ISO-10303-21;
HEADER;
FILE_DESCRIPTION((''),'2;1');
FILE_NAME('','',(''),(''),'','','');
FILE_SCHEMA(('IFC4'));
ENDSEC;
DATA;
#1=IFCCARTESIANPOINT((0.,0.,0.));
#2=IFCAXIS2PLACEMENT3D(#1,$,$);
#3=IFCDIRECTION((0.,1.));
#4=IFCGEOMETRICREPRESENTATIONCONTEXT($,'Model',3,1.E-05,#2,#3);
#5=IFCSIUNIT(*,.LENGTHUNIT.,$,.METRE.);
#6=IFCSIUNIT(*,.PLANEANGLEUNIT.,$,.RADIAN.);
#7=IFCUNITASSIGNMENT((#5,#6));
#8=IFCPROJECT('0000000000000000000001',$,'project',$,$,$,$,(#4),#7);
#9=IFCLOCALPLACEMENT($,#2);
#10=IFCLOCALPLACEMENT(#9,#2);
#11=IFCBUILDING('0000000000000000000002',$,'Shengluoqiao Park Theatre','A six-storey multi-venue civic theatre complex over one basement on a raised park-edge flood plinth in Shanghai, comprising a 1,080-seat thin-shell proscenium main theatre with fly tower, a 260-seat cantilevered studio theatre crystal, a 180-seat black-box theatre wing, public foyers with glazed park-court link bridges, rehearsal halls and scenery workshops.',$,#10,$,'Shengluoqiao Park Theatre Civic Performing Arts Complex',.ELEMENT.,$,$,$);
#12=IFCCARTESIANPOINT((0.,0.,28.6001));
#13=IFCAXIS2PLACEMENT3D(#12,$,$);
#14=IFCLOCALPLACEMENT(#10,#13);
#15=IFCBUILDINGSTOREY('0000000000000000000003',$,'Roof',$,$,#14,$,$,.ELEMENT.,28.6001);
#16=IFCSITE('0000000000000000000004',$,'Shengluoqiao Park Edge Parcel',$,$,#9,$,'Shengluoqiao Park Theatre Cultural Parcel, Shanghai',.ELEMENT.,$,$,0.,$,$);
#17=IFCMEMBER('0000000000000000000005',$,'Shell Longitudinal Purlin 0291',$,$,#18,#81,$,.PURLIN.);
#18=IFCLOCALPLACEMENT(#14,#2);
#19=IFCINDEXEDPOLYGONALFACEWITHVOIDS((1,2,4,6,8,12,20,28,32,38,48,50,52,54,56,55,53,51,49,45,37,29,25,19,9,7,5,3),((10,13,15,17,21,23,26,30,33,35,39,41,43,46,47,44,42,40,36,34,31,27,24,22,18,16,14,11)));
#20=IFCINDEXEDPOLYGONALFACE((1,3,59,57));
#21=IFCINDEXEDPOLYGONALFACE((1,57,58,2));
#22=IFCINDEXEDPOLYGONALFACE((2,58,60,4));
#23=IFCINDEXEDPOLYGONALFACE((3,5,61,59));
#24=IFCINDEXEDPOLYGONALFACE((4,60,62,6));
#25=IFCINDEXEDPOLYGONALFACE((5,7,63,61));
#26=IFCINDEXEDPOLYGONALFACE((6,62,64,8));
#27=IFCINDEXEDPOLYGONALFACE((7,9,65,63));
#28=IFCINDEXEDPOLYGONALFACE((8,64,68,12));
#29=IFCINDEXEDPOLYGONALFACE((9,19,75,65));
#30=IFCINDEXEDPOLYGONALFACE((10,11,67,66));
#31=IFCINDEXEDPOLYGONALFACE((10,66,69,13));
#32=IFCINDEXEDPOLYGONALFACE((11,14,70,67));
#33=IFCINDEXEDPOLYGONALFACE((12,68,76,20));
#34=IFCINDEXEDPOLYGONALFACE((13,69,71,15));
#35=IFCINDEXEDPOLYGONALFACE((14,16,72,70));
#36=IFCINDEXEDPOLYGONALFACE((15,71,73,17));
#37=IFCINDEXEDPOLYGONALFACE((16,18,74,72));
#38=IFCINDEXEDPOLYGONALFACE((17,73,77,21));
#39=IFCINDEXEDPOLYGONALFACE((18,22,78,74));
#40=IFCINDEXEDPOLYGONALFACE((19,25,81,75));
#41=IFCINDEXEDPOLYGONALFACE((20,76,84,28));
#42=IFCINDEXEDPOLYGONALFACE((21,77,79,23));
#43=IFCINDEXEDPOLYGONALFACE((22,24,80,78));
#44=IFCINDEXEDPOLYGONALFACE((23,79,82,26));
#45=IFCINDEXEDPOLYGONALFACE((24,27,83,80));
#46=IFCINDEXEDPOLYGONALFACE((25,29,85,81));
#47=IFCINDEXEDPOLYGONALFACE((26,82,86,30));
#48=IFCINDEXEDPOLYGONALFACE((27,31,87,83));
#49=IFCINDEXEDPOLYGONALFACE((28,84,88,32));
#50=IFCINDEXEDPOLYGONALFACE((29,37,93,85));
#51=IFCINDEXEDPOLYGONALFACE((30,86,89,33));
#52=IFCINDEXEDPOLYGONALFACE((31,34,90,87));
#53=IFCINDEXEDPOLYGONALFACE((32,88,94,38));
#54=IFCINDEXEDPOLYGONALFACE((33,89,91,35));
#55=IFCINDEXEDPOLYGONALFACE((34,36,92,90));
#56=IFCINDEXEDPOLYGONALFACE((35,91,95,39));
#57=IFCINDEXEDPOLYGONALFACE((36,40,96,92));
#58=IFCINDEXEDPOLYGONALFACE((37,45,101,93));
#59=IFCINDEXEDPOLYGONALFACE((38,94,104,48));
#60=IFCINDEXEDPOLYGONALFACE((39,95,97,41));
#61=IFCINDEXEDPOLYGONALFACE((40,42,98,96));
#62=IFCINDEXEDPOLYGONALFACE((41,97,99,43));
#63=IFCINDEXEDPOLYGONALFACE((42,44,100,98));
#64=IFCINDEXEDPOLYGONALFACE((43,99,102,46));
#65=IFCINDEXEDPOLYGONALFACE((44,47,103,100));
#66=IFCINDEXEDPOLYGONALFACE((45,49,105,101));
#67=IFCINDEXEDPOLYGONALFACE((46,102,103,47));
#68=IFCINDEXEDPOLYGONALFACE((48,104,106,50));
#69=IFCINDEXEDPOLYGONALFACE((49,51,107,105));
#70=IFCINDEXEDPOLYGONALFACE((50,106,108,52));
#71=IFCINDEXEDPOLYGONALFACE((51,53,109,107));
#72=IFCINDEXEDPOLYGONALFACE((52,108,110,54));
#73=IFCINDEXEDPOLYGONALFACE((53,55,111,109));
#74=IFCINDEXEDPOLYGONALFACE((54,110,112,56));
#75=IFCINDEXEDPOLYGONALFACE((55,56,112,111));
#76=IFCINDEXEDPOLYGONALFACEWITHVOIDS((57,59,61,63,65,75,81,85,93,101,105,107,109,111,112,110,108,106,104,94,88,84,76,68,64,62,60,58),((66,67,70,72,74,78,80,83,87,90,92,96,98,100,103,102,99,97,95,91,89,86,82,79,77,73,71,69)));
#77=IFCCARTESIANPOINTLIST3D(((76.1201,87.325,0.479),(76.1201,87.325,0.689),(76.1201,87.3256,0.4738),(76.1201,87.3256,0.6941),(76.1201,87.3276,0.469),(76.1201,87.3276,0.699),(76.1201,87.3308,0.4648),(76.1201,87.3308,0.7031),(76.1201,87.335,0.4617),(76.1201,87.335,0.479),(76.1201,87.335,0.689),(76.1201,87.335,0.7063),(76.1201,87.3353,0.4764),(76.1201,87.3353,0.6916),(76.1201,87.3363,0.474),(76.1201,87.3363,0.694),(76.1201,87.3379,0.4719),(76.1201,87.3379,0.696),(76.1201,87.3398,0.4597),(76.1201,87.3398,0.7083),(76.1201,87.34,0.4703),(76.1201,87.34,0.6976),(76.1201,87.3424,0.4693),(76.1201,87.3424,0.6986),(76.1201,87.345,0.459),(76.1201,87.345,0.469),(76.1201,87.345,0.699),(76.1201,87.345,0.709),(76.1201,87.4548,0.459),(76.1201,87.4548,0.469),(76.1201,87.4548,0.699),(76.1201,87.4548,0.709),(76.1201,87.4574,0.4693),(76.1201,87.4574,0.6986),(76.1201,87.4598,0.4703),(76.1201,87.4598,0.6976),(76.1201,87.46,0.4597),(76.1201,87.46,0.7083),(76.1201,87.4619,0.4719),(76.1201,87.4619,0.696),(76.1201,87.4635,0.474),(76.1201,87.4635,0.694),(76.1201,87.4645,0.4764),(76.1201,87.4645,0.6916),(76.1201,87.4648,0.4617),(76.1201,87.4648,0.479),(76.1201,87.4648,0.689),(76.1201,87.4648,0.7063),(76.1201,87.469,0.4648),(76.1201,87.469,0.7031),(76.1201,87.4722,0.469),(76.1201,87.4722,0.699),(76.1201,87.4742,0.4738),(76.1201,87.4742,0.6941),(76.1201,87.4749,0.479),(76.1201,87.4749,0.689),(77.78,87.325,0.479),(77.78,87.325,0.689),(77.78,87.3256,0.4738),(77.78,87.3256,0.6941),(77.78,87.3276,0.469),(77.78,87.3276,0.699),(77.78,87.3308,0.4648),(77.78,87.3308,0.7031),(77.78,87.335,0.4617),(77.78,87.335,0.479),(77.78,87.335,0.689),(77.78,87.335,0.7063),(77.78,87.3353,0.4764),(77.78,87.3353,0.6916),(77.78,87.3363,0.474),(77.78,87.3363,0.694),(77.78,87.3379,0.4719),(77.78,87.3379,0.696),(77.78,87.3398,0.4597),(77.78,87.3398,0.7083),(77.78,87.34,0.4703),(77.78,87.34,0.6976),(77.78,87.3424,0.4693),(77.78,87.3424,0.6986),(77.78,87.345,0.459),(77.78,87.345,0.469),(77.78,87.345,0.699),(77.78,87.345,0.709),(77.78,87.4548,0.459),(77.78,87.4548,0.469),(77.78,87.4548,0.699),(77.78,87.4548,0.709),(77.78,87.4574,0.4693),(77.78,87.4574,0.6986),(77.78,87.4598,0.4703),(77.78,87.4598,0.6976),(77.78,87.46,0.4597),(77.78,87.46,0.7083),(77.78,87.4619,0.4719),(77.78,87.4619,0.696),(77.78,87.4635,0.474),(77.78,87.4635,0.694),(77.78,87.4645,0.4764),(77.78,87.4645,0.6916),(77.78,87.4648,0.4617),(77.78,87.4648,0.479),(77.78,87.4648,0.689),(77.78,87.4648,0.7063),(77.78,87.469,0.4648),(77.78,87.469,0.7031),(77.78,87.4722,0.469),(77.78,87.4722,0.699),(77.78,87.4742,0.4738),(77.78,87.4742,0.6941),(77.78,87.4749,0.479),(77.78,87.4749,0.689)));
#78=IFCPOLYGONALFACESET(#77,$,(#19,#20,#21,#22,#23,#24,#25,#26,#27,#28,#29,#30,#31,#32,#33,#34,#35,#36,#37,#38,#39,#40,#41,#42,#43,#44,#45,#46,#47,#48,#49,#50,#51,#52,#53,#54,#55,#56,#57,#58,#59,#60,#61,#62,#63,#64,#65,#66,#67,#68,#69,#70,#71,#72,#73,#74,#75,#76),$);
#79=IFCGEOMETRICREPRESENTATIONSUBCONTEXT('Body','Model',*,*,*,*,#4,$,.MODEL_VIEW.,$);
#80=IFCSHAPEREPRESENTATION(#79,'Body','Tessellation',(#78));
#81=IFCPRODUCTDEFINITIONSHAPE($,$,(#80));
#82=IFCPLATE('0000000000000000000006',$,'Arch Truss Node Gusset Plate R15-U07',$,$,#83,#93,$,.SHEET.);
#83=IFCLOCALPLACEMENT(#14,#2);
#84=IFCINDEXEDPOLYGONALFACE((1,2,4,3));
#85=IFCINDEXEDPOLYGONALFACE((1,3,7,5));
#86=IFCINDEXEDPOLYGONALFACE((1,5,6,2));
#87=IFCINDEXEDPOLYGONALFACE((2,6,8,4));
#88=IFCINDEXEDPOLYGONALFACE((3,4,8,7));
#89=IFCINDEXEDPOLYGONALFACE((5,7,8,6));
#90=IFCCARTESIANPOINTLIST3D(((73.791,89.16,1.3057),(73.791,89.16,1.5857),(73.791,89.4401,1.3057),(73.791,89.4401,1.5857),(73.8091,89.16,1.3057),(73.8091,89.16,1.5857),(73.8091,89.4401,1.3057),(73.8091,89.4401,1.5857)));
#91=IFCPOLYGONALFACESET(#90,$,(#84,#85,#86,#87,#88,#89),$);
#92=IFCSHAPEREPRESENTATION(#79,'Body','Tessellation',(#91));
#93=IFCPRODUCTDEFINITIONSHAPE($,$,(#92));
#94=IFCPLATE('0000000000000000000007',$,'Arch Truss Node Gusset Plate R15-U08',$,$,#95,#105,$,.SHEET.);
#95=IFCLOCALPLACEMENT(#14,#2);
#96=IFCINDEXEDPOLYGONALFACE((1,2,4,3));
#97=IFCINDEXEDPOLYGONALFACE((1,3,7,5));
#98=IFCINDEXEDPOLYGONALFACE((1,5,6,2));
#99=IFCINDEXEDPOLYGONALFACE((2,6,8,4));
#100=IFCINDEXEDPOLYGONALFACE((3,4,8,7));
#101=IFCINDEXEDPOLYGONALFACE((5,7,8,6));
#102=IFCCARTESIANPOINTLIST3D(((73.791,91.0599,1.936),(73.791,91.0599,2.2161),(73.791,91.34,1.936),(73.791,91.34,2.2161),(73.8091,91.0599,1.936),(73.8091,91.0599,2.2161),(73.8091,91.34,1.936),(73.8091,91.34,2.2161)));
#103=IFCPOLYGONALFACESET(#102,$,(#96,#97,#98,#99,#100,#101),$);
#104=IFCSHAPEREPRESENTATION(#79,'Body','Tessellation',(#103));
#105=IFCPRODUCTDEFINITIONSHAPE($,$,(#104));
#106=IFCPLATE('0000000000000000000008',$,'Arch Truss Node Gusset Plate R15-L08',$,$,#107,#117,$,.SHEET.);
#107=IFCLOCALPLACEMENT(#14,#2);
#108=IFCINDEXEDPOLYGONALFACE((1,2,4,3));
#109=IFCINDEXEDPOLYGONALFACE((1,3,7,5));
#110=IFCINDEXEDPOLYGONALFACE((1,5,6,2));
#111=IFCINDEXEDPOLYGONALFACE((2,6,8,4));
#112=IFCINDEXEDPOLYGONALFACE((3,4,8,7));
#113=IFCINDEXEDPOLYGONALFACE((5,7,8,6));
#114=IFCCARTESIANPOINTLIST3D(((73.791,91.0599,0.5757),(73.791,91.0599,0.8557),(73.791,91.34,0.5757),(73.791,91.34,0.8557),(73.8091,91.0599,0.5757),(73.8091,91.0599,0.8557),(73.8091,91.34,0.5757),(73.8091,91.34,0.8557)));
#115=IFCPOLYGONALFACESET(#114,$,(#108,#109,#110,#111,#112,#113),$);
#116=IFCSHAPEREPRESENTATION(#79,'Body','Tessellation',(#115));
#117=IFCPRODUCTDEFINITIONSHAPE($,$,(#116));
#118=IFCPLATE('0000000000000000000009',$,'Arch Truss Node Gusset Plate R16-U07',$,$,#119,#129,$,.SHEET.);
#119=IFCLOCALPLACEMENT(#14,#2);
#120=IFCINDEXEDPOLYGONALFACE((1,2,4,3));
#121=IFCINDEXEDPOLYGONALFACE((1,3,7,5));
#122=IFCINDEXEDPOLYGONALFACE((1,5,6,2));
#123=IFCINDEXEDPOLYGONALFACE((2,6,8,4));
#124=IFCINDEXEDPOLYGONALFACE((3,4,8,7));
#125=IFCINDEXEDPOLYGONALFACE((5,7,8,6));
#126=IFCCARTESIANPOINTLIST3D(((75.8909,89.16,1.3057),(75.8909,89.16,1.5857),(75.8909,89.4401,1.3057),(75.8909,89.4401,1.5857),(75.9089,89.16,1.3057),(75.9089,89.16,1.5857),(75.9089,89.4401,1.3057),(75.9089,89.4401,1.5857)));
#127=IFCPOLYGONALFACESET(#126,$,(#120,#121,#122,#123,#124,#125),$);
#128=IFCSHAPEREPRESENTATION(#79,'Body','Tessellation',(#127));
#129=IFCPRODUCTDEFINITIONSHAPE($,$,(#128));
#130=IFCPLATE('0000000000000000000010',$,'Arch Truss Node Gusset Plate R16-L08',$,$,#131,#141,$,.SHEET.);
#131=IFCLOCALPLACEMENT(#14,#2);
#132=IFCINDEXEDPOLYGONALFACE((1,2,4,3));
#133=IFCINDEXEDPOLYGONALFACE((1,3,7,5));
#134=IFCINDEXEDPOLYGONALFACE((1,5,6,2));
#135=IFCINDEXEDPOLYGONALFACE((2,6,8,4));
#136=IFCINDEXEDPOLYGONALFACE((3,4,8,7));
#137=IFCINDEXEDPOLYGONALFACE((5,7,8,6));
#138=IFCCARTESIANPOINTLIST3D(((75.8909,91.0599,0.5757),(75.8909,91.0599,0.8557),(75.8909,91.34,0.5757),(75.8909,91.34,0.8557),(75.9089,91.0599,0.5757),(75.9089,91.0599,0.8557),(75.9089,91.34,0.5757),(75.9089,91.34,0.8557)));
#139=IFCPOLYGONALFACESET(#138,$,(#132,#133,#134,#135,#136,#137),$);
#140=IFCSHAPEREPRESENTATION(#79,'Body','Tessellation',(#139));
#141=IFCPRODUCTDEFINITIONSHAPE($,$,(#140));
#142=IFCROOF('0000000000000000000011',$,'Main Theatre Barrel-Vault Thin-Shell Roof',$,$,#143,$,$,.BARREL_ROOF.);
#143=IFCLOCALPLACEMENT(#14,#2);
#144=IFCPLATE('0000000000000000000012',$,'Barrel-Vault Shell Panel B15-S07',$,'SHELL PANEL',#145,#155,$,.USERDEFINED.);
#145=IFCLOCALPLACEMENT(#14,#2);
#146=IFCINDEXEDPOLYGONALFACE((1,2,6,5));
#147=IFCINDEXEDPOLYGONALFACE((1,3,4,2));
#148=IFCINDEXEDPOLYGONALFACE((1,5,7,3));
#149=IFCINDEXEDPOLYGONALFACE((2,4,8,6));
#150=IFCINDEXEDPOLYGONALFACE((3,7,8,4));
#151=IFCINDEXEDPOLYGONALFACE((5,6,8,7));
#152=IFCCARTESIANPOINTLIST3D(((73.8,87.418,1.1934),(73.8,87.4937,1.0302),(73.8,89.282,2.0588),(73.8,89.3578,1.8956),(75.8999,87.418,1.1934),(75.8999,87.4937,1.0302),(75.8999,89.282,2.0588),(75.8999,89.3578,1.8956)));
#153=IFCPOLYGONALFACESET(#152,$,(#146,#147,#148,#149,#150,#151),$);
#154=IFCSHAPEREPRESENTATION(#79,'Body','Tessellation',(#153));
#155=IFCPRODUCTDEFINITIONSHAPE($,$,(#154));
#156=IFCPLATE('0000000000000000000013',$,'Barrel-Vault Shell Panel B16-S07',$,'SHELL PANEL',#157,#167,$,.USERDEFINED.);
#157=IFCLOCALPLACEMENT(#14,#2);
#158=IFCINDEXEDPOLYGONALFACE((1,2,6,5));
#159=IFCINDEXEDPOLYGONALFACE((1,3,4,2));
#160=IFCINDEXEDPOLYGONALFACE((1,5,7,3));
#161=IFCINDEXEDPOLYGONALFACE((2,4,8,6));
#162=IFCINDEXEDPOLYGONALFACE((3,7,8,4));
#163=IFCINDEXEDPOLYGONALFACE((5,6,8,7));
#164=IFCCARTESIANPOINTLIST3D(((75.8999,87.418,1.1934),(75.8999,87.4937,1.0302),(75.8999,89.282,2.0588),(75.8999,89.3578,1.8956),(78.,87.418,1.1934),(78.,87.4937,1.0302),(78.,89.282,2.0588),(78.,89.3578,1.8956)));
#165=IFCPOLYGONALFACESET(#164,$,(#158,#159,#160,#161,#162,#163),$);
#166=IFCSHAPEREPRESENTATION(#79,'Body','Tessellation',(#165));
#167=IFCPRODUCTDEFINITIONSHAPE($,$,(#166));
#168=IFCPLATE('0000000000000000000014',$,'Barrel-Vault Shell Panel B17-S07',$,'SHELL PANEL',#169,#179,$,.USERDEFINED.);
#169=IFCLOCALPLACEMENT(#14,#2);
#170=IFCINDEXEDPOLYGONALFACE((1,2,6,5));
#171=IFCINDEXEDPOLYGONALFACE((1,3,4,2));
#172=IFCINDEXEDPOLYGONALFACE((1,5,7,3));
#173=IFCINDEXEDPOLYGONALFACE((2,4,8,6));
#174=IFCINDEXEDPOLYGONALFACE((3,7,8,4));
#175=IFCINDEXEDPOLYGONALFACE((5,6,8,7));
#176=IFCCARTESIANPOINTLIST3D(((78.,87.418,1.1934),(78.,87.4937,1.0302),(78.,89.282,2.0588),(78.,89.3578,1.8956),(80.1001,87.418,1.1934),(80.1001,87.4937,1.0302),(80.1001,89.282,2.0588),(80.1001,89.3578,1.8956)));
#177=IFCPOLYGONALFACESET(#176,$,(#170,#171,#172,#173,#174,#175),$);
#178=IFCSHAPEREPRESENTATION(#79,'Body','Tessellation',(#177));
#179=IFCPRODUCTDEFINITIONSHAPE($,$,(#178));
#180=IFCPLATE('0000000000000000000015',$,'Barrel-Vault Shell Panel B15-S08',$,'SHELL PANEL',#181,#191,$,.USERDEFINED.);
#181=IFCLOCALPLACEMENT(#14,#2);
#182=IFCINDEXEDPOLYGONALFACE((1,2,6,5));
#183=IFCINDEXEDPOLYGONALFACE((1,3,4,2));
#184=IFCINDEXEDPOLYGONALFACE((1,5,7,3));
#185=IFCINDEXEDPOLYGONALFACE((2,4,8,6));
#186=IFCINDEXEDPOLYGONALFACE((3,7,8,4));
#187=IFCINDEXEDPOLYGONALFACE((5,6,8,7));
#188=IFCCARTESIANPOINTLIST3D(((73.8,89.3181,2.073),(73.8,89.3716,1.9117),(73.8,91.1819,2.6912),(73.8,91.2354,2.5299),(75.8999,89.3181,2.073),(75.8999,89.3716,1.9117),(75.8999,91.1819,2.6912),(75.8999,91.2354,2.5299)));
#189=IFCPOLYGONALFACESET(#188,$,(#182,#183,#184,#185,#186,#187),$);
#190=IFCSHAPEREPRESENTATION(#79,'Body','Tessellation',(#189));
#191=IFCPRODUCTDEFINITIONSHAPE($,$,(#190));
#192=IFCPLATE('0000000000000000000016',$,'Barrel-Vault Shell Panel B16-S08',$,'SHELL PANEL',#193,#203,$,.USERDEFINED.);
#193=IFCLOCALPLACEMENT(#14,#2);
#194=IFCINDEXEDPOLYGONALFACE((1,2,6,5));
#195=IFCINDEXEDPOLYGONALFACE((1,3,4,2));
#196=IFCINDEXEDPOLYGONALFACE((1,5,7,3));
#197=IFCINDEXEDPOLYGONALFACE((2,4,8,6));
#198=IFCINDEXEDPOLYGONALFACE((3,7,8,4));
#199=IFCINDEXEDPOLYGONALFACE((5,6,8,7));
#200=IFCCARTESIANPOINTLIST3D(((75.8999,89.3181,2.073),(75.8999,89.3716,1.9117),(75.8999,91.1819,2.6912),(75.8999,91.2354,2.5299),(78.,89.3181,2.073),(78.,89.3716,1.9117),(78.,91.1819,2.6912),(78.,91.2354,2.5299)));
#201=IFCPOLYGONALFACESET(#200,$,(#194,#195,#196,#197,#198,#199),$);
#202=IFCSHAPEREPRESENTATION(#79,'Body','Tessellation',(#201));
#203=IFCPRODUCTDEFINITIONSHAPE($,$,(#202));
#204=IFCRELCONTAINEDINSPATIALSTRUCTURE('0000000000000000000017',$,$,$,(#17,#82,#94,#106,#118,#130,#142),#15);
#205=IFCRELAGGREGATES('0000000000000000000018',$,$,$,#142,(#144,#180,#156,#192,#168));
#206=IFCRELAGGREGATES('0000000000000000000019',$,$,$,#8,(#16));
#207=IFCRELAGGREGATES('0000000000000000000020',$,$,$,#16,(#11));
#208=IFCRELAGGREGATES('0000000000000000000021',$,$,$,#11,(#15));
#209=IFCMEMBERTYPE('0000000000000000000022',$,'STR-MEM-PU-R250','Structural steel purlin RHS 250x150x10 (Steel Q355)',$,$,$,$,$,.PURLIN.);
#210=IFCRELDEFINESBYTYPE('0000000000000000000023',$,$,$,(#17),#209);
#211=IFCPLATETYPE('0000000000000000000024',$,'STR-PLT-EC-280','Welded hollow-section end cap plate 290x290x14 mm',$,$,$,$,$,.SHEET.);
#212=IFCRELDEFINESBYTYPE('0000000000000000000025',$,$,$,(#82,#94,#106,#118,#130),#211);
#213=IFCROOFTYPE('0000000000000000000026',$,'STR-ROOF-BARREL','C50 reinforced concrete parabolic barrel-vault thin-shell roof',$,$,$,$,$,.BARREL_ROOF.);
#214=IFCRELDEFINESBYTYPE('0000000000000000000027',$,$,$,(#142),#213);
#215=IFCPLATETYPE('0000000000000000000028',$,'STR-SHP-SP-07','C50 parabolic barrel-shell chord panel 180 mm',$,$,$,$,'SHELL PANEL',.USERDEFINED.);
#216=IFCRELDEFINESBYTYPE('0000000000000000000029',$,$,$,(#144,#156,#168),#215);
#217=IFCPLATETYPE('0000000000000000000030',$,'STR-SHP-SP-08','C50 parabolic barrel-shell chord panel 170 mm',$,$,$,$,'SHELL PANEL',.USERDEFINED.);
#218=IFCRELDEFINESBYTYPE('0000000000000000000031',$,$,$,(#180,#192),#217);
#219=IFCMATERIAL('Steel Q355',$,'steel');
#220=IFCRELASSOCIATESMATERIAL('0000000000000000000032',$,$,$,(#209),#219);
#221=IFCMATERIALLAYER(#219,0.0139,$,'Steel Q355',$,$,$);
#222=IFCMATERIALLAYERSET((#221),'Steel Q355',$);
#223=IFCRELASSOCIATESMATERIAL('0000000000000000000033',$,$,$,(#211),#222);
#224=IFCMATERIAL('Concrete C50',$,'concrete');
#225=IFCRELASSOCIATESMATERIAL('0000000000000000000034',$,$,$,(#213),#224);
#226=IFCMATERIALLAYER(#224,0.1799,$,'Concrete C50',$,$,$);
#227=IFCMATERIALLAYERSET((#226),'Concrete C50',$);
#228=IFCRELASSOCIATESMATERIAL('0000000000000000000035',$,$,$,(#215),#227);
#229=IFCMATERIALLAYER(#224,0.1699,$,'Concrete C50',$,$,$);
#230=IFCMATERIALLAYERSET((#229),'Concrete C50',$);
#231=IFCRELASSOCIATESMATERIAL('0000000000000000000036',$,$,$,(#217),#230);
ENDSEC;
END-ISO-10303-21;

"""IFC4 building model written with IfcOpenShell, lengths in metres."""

from ifc_helpers import new_model, si_unit, direction, frame, origin, origin_2d, place, context, subcontext, project, spatial, polyline, rectangle, hollow_rectangle, outline, extrude, material, layer, layer_set, material_profile, profile_set, type_object, element, aggregate, save


model = new_model("IFC4")

# Units and contexts
model_context = context("Model", 3, precision=1e-05, world=origin(), true_north=direction((0.0, 1.0)))
body_context = subcontext(model_context, "Body", "Model", "MODEL_VIEW")
ifc_project = project(units=[si_unit("LENGTHUNIT", "METRE"), si_unit("PLANEANGLEUNIT", "RADIAN")], contexts=[model_context])

# Site, building, storey
site_placement = place(None, origin())
site = spatial("IfcSite", under=ifc_project, at=site_placement, Name="Shengluoqiao Park Edge Parcel", LongName="Shengluoqiao Park Theatre Cultural Parcel, Shanghai", CompositionType="ELEMENT", RefElevation=0.0)
building_placement = place(site_placement, origin())
building = spatial("IfcBuilding", under=site, at=building_placement, Name="Shengluoqiao Park Theatre", Description="A six-storey multi-venue civic theatre complex over one basement on a raised park-edge flood plinth in Shanghai, comprising a 1,080-seat thin-shell proscenium main theatre with fly tower, a 260-seat cantilevered studio theatre crystal, a 180-seat black-box theatre wing, public foyers with glazed park-court link bridges, rehearsal halls and scenery workshops.", LongName="Shengluoqiao Park Theatre Civic Performing Arts Complex", CompositionType="ELEMENT")
storey_placement = place(building_placement, frame((0.0, 0.0, 28.6001)))
storey = spatial("IfcBuildingStorey", under=building, at=storey_placement, Name="Roof", CompositionType="ELEMENT", Elevation=28.6001)

# Shared definitions
ifc_material_1 = material(Name="Concrete C50", Category="concrete")
ifc_material_2 = material(Name="Steel Q355", Category="steel")

# Member
ifc_material_profile_1 = material_profile(ifc_material_2, hollow_rectangle(XDim=0.1499, YDim=0.25, WallThickness=0.01, InnerFilletRadius=0.01, OuterFilletRadius=0.02, at=origin_2d()), Name="RHS 250x150x10")
ifc_profile_set_1 = profile_set([ifc_material_profile_1], Name="Steel Q355")
member_type_1 = type_object("IfcMemberType", Name="STR-MEM-PU-R250", Description="Structural steel purlin RHS 250x150x10 (Steel Q355)", PredefinedType="PURLIN", material=ifc_profile_set_1)
for number, where, z_axis, x_axis, name in (
    (1, (76.1201, 87.3999, 0.584), (1.0, 0.0, 0.0), (0.0, 1.0, 0.0), "Shell Longitudinal Purlin 0291"),
):
    element("IfcMember", number, at=place(storey_placement, frame(where, z_axis=z_axis, x_axis=x_axis)), inside=storey, type_object=member_type_1, Name=name, PredefinedType="PURLIN", context=body_context, shape_type="SweptSolid", body=[
        extrude(hollow_rectangle(XDim=0.1499, YDim=0.25, WallThickness=0.01, InnerFilletRadius=0.01, OuterFilletRadius=0.02, at=origin_2d()), origin(), (0.0, 0.0, 1.0), 1.6599),
    ])

# Plates
ifc_layer_1 = layer(ifc_material_2, 0.0139, Name="Steel Q355")
ifc_layer_set_1 = layer_set([ifc_layer_1], Name="Steel Q355")
plate_type_1 = type_object("IfcPlateType", Name="STR-PLT-EC-280", Description="Welded hollow-section end cap plate 290x290x14 mm", PredefinedType="SHEET", material=ifc_layer_set_1)
for number, where, z_axis, x_axis, name in (
    (2, (73.8, 89.3, 1.3057), (0.0, 0.0, 1.0), (1.0, 0.0, 0.0), "Arch Truss Node Gusset Plate R15-U07"),
    (3, (73.8, 91.2, 1.936), (0.0, 0.0, 1.0), (1.0, 0.0, 0.0), "Arch Truss Node Gusset Plate R15-U08"),
    (4, (73.8, 91.2, 0.5757), (0.0, 0.0, 1.0), (1.0, 0.0, 0.0), "Arch Truss Node Gusset Plate R15-L08"),
    (5, (75.8999, 89.3, 1.3057), (0.0, 0.0, 1.0), (1.0, 0.0, 0.0), "Arch Truss Node Gusset Plate R16-U07"),
    (6, (75.8999, 91.2, 0.5757), (0.0, 0.0, 1.0), (1.0, 0.0, 0.0), "Arch Truss Node Gusset Plate R16-L08"),
):
    element("IfcPlate", number, at=place(storey_placement, frame(where, z_axis=z_axis, x_axis=x_axis)), inside=storey, type_object=plate_type_1, Name=name, PredefinedType="SHEET", context=body_context, shape_type="SweptSolid", body=[
        extrude(rectangle(XDim=0.0181, YDim=0.28, at=origin_2d()), origin(), (0.0, 0.0, 1.0), 0.28),
    ])

# Roof, plates
roof_type = type_object("IfcRoofType", Name="STR-ROOF-BARREL", Description="C50 reinforced concrete parabolic barrel-vault thin-shell roof", PredefinedType="BARREL_ROOF", material=ifc_material_1)
roof_placement = place(storey_placement, origin())
roof = element("IfcRoof", 7, at=roof_placement, inside=storey, type_object=roof_type, Name="Main Theatre Barrel-Vault Thin-Shell Roof", PredefinedType="BARREL_ROOF")
ifc_layer_2 = layer(ifc_material_1, 0.1799, Name="Concrete C50")
ifc_layer_set_2 = layer_set([ifc_layer_2], Name="Concrete C50")
plate_type_2 = type_object("IfcPlateType", Name="STR-SHP-SP-07", Description="C50 parabolic barrel-shell chord panel 180 mm", ElementType="SHELL PANEL", PredefinedType="USERDEFINED", material=ifc_layer_set_2)
plate_1_placement = place(storey_placement, frame((73.8, 87.418, 1.1934), z_axis=(0.0, -0.421129, 0.907001), x_axis=(1.0, 0.0, 0.0)))
plate_1 = element("IfcPlate", 8, at=plate_1_placement, type_object=plate_type_2, Name="Barrel-Vault Shell Panel B15-S07", ObjectType="SHELL PANEL", PredefinedType="USERDEFINED", context=body_context, shape_type="SweptSolid", body=[
    extrude(outline(polyline([(0.0, 0.0), (2.0999, 0.0), (2.0999, 2.0551), (0.0, 2.0551), (0.0, 0.0)])), origin(), (0.0, 0.0, -1.0), 0.1799),
])
plate_2_placement = place(storey_placement, frame((75.8999, 87.418, 1.1934), z_axis=(0.0, -0.421129, 0.907001), x_axis=(1.0, 0.0, 0.0)))
plate_2 = element("IfcPlate", 9, at=plate_2_placement, type_object=plate_type_2, Name="Barrel-Vault Shell Panel B16-S07", ObjectType="SHELL PANEL", PredefinedType="USERDEFINED", context=body_context, shape_type="SweptSolid", body=[
    extrude(outline(polyline([(0.0, 0.0), (2.1001, 0.0), (2.1001, 2.0551), (0.0, 2.0551), (0.0, 0.0)])), origin(), (0.0, 0.0, -1.0), 0.1799),
])
plate_3_placement = place(storey_placement, frame((78.0, 87.418, 1.1934), z_axis=(0.0, -0.421129, 0.907001), x_axis=(1.0, 0.0, 0.0)))
plate_3 = element("IfcPlate", 10, at=plate_3_placement, type_object=plate_type_2, Name="Barrel-Vault Shell Panel B17-S07", ObjectType="SHELL PANEL", PredefinedType="USERDEFINED", context=body_context, shape_type="SweptSolid", body=[
    extrude(outline(polyline([(0.0, 0.0), (2.1001, 0.0), (2.1001, 2.0551), (0.0, 2.0551), (0.0, 0.0)])), origin(), (0.0, 0.0, -1.0), 0.1799),
])
ifc_layer_3 = layer(ifc_material_1, 0.1699, Name="Concrete C50")
ifc_layer_set_3 = layer_set([ifc_layer_3], Name="Concrete C50")
plate_type_3 = type_object("IfcPlateType", Name="STR-SHP-SP-08", Description="C50 parabolic barrel-shell chord panel 170 mm", ElementType="SHELL PANEL", PredefinedType="USERDEFINED", material=ifc_layer_set_3)
plate_4_placement = place(storey_placement, frame((73.8, 89.3181, 2.073), z_axis=(0.0, -0.31481, 0.949155), x_axis=(1.0, 0.0, 0.0)))
plate_4 = element("IfcPlate", 11, at=plate_4_placement, type_object=plate_type_3, Name="Barrel-Vault Shell Panel B15-S08", ObjectType="SHELL PANEL", PredefinedType="USERDEFINED", context=body_context, shape_type="SweptSolid", body=[
    extrude(outline(polyline([(0.0, 0.0), (2.0999, 0.0), (2.0999, 1.9636), (0.0, 1.9636), (0.0, 0.0)])), origin(), (0.0, 0.0, -1.0), 0.1699),
])
plate_5_placement = place(storey_placement, frame((75.8999, 89.3181, 2.073), z_axis=(0.0, -0.31481, 0.949155), x_axis=(1.0, 0.0, 0.0)))
plate_5 = element("IfcPlate", 12, at=plate_5_placement, type_object=plate_type_3, Name="Barrel-Vault Shell Panel B16-S08", ObjectType="SHELL PANEL", PredefinedType="USERDEFINED", context=body_context, shape_type="SweptSolid", body=[
    extrude(outline(polyline([(0.0, 0.0), (2.1001, 0.0), (2.1001, 1.9636), (0.0, 1.9636), (0.0, 0.0)])), origin(), (0.0, 0.0, -1.0), 0.1699),
])
aggregate(roof, [plate_1, plate_4, plate_2, plate_5, plate_3])

save(model, "model.ifc")
